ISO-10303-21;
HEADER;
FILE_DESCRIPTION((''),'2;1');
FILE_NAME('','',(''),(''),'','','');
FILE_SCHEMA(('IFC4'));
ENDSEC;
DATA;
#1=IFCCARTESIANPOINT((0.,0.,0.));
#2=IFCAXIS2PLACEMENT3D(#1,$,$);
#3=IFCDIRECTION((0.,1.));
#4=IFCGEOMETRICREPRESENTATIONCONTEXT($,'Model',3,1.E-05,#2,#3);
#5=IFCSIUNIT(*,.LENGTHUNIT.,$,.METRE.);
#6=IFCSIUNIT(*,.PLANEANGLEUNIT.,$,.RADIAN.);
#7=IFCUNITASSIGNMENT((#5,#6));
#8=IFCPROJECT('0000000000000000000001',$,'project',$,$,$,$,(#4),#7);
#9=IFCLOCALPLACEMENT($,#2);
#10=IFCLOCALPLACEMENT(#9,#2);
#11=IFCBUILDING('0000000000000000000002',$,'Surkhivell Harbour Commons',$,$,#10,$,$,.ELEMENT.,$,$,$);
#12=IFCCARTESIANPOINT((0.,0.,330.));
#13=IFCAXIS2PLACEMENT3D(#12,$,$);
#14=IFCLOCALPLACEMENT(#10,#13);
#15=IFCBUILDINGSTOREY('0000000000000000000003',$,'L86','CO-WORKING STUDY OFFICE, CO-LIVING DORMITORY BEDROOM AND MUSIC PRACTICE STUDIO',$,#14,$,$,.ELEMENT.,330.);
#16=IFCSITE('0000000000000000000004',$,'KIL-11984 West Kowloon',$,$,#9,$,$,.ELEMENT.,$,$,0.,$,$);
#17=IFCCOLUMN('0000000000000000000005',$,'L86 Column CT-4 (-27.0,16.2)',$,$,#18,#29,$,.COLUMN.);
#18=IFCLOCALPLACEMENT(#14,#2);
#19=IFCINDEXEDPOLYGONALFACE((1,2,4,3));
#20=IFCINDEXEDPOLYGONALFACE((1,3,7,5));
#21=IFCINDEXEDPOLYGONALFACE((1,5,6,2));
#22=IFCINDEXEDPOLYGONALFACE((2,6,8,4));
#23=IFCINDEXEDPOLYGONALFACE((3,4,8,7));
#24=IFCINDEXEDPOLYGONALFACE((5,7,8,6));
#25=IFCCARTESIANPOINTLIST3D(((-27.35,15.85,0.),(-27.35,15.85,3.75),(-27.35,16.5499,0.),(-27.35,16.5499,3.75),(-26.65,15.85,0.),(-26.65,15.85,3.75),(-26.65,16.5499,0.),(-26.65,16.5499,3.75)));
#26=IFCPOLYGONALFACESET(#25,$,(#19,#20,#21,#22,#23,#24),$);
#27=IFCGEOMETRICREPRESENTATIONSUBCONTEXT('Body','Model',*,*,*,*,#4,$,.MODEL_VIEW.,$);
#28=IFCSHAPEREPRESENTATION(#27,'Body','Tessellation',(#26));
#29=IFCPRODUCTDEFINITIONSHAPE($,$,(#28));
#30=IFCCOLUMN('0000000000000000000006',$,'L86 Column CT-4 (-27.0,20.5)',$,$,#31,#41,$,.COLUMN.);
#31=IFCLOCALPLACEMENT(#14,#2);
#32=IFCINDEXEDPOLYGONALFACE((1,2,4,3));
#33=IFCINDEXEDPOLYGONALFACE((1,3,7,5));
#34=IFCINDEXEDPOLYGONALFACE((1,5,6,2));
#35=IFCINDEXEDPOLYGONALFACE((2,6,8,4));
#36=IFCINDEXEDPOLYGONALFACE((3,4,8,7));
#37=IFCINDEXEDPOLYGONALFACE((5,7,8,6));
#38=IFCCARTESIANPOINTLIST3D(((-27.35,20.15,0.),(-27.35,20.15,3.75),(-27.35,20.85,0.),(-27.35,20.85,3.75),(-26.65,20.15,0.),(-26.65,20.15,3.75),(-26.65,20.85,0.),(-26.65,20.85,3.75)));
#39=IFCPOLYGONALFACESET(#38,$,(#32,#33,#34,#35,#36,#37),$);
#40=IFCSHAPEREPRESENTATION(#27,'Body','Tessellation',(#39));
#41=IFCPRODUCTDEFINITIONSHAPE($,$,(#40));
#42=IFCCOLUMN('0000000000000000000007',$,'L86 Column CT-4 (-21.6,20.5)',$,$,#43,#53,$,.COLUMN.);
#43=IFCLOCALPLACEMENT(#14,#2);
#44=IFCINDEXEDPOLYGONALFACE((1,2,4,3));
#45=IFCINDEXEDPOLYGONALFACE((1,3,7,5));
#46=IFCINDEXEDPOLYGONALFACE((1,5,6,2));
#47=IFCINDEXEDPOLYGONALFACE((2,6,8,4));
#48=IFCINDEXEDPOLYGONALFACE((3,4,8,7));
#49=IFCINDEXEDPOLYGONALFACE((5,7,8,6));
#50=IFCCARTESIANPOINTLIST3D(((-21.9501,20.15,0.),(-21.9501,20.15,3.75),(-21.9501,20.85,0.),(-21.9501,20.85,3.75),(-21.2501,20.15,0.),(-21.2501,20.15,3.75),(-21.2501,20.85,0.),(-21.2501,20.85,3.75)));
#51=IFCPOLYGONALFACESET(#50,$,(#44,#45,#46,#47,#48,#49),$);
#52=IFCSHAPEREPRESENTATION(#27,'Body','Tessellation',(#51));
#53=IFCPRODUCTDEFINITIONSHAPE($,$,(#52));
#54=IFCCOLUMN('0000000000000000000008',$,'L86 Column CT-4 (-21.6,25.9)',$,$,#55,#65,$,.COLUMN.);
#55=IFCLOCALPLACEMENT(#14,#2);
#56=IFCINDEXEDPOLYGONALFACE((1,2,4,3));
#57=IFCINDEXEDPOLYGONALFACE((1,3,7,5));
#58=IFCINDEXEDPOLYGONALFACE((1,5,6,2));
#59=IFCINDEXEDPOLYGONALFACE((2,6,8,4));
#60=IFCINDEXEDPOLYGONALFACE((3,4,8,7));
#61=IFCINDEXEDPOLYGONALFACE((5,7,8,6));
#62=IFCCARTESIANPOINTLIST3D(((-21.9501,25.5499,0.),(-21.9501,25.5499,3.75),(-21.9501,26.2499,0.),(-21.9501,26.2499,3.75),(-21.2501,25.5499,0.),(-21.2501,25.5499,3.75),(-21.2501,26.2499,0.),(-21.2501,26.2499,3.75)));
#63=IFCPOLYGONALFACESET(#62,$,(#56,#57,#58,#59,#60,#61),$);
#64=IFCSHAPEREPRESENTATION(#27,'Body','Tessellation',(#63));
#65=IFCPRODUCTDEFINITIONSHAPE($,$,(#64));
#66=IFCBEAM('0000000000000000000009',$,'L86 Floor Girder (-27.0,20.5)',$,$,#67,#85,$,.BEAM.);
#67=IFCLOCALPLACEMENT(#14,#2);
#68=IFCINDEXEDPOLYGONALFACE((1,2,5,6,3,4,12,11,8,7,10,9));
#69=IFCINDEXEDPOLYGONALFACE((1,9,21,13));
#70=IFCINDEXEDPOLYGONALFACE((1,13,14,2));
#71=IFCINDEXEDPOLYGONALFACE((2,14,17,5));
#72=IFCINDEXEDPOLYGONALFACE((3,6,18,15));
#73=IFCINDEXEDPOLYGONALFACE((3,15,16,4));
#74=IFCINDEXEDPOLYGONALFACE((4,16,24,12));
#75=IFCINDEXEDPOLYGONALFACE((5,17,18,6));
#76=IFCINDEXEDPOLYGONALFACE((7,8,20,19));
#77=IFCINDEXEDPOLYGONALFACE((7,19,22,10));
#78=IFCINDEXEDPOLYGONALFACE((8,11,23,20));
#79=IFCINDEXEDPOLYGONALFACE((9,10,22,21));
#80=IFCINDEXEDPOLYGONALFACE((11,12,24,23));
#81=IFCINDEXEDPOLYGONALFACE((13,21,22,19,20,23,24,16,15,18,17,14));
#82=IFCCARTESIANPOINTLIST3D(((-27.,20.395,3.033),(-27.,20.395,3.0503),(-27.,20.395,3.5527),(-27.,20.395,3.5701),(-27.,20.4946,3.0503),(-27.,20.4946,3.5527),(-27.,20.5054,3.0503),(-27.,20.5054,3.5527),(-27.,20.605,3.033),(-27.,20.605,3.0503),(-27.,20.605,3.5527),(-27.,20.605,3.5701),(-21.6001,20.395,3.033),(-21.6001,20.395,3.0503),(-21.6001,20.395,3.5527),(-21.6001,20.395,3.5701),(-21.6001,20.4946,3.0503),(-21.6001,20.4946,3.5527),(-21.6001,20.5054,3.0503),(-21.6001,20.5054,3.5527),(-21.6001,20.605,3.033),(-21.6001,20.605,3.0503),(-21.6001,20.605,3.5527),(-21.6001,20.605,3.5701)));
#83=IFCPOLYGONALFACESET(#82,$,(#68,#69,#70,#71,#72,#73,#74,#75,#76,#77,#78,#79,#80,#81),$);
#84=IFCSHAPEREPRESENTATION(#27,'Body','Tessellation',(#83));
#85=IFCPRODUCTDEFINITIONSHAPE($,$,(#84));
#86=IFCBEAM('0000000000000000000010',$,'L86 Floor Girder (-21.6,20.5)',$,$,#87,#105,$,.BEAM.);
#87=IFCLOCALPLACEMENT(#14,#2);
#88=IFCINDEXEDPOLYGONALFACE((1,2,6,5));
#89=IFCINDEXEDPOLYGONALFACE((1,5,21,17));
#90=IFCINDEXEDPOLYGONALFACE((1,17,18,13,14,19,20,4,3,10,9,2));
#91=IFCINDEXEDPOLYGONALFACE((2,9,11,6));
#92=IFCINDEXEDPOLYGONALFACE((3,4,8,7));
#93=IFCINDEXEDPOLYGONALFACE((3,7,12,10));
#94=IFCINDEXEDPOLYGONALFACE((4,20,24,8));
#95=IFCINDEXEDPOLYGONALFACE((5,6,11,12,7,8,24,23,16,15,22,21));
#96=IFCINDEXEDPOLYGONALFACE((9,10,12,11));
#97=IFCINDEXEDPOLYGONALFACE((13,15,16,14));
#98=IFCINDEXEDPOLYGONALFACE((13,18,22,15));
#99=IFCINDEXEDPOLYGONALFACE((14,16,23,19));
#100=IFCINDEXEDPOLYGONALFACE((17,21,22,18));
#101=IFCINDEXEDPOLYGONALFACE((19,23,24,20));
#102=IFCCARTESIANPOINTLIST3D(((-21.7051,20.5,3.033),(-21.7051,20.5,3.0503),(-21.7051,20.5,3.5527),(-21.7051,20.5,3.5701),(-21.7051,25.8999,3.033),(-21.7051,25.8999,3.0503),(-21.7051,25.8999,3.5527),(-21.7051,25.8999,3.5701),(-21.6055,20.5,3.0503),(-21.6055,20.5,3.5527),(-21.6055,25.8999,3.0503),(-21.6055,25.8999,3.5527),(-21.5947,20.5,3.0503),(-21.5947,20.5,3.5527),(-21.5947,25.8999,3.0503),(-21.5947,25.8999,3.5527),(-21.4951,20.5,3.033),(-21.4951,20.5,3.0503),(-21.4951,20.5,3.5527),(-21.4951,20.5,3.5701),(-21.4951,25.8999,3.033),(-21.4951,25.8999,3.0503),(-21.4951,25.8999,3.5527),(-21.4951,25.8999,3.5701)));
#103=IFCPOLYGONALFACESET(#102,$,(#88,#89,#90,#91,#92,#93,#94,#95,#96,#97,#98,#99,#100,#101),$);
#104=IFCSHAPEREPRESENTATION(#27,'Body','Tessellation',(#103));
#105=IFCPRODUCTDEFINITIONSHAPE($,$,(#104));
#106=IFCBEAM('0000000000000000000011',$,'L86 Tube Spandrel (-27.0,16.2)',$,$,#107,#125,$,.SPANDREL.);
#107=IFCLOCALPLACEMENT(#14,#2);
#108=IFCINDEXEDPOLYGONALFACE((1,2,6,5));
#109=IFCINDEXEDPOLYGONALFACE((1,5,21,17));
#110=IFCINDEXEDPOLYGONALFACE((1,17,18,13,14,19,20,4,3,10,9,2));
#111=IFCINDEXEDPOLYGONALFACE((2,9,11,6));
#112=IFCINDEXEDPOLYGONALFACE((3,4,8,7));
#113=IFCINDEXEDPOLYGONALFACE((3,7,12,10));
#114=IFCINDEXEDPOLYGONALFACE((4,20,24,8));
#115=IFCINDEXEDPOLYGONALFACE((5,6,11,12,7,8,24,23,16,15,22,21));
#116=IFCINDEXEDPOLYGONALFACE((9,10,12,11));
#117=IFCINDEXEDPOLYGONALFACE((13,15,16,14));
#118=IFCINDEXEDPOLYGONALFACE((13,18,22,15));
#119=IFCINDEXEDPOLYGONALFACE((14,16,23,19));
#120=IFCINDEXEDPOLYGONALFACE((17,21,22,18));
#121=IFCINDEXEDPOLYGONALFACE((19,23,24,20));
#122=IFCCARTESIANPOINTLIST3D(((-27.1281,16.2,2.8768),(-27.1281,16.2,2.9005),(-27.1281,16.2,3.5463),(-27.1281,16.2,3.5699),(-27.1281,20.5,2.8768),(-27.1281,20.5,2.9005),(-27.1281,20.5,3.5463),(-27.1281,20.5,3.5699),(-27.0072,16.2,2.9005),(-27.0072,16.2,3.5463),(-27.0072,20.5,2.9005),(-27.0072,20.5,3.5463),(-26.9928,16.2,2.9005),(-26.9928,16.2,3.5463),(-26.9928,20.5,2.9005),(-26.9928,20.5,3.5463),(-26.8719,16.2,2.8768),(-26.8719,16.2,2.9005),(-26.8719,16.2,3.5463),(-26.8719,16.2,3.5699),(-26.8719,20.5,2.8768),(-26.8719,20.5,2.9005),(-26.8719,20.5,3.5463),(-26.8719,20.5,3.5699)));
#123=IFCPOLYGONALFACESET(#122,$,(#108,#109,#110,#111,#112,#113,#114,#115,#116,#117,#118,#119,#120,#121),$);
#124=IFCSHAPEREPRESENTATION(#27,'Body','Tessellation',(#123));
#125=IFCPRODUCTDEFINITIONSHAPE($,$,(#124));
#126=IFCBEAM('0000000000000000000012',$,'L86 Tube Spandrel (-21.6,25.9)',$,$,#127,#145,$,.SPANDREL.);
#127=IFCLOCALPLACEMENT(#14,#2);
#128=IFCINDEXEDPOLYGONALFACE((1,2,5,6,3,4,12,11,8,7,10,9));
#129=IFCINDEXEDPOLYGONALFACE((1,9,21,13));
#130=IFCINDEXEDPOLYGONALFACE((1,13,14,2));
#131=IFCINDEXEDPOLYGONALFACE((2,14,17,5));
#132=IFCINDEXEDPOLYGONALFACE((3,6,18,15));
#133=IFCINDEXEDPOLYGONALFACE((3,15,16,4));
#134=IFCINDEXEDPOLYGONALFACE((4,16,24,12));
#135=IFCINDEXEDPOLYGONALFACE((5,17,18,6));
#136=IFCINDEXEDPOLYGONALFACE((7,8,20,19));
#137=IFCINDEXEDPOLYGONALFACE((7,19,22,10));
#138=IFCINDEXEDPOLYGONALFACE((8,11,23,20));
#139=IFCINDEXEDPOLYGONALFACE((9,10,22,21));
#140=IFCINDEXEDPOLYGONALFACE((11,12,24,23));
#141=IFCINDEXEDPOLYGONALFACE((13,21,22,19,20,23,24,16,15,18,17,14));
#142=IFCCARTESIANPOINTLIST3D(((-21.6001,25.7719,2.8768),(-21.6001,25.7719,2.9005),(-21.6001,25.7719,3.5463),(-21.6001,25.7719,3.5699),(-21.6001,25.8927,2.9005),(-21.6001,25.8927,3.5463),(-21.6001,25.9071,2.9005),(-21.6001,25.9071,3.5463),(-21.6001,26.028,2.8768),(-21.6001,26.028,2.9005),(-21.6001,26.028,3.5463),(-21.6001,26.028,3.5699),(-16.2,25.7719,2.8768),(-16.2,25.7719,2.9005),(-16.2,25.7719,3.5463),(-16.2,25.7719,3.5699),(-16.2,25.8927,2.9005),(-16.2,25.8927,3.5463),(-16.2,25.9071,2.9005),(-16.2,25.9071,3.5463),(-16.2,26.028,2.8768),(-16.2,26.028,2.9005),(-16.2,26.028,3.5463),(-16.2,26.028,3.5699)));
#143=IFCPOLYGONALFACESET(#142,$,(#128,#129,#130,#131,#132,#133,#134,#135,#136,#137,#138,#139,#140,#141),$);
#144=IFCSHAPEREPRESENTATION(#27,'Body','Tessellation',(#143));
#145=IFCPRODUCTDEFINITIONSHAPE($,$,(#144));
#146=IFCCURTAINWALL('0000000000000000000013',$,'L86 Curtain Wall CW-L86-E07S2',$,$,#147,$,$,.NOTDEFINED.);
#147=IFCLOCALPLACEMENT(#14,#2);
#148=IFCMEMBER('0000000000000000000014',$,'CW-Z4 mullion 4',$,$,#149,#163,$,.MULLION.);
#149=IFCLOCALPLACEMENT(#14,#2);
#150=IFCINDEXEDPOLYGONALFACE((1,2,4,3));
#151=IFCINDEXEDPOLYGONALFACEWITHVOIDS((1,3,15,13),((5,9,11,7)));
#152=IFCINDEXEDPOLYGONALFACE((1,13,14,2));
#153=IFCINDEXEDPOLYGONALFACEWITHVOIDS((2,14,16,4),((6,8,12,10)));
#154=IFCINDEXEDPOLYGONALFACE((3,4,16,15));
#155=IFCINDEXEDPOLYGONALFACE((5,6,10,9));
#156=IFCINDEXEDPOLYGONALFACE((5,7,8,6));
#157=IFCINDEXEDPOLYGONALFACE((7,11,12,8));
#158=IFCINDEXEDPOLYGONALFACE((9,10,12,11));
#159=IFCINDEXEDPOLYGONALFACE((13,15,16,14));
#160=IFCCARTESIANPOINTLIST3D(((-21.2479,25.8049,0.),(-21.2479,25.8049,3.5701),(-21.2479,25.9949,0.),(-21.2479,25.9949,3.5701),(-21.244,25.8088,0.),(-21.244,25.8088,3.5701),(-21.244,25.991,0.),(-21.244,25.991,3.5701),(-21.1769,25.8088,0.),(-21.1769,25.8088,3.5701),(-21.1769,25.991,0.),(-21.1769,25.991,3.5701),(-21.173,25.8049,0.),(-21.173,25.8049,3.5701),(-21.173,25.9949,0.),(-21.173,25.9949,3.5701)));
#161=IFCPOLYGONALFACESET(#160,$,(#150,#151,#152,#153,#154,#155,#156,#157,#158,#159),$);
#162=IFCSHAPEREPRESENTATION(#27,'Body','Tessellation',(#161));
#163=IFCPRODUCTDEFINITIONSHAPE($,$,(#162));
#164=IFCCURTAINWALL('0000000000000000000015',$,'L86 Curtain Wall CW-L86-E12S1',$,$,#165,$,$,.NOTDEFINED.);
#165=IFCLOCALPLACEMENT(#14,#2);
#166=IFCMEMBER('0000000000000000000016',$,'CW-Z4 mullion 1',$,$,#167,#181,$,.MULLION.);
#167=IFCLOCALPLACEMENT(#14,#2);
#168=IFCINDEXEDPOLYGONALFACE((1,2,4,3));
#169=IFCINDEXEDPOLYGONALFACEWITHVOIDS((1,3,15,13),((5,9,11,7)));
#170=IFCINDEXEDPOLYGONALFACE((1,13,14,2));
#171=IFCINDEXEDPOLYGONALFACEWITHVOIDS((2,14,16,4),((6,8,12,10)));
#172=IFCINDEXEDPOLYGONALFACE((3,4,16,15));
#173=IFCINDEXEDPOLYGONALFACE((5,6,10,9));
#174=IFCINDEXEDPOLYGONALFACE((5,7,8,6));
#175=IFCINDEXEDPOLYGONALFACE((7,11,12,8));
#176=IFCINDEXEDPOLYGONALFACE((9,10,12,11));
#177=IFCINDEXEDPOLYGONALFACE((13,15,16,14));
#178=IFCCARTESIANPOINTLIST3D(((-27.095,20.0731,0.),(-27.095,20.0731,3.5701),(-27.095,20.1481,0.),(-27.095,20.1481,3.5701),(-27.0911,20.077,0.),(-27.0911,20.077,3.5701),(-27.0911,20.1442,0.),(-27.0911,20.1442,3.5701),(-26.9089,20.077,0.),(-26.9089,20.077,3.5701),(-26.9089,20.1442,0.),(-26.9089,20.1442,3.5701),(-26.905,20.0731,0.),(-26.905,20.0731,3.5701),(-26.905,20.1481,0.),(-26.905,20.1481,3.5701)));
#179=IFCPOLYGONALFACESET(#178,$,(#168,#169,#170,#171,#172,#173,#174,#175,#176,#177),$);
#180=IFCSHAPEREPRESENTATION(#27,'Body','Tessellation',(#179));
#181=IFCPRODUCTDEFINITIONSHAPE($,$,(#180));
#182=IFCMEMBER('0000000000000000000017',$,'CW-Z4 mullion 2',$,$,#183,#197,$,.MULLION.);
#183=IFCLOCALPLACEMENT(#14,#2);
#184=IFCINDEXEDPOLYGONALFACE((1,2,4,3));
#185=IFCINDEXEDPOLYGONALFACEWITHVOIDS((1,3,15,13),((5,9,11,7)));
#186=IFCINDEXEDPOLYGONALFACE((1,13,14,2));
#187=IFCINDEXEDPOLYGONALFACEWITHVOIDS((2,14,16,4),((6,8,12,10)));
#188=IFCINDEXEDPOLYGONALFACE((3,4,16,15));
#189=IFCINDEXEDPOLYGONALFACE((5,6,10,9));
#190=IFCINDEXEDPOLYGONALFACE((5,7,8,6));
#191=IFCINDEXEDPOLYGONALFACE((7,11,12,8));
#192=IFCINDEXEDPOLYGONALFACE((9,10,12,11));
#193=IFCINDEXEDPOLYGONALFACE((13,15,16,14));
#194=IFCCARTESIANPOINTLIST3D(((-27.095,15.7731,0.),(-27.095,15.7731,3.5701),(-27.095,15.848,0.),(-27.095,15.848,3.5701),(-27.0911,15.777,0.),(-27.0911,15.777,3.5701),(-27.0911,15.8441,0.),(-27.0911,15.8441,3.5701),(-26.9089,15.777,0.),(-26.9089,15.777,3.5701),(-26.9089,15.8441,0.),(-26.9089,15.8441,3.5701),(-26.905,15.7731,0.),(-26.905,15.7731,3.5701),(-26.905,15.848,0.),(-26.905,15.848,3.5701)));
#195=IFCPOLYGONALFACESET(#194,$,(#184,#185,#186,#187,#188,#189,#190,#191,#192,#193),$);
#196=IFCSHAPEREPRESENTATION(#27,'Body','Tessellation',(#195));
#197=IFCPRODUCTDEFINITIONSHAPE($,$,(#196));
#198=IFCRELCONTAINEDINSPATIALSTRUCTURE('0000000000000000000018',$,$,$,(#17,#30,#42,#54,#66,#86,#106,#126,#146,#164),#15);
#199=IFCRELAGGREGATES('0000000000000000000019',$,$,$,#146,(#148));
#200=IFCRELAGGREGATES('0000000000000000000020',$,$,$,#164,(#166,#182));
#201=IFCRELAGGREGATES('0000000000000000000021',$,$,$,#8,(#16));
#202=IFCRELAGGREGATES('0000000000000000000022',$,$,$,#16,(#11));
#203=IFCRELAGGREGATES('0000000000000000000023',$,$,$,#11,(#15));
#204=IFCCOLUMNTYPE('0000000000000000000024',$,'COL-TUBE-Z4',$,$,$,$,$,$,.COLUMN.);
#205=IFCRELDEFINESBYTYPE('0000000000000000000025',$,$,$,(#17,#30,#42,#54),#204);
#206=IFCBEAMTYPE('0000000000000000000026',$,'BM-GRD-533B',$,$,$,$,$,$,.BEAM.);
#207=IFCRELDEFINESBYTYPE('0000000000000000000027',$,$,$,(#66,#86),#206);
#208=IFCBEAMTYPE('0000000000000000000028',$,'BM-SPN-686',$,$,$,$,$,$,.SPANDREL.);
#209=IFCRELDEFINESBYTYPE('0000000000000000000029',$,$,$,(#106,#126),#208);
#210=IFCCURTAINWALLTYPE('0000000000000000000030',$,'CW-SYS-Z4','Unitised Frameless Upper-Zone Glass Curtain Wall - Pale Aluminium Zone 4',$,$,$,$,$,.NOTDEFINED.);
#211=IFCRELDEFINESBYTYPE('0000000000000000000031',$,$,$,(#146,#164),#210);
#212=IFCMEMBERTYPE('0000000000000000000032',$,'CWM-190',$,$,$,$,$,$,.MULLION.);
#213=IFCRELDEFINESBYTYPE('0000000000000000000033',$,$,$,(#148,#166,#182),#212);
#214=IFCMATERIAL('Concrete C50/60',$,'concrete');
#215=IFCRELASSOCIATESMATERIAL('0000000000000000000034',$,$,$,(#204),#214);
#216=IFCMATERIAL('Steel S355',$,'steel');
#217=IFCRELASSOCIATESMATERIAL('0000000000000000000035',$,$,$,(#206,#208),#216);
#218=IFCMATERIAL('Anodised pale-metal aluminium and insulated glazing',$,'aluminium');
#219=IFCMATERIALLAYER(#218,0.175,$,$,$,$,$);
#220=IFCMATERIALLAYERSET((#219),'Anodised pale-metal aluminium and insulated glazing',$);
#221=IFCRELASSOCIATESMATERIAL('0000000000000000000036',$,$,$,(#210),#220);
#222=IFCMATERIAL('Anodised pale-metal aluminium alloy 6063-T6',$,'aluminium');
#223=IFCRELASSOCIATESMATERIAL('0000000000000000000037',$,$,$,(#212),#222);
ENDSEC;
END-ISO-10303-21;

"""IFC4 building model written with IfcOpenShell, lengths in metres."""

from ifc_helpers import new_model, si_unit, direction, frame, origin, origin_2d, place, context, subcontext, project, spatial, rectangle, hollow_rectangle, i_section, extrude, material, layer, layer_set, material_profile, profile_set, type_object, element, aggregate, save


model = new_model("IFC4")

# Units and contexts
model_context = context("Model", 3, precision=1e-05, world=origin(), true_north=direction((0.0, 1.0)))
body_context = subcontext(model_context, "Body", "Model", "MODEL_VIEW")
ifc_project = project(units=[si_unit("LENGTHUNIT", "METRE"), si_unit("PLANEANGLEUNIT", "RADIAN")], contexts=[model_context])

# Site, building, storey
site_placement = place(None, origin())
site = spatial("IfcSite", under=ifc_project, at=site_placement, Name="KIL-11984 West Kowloon", CompositionType="ELEMENT", RefElevation=0.0)
building_placement = place(site_placement, origin())
building = spatial("IfcBuilding", under=site, at=building_placement, Name="Surkhivell Harbour Commons", CompositionType="ELEMENT")
storey_placement = place(building_placement, frame((0.0, 0.0, 330.0)))
storey = spatial("IfcBuildingStorey", under=building, at=storey_placement, Name="L86", Description="CO-WORKING STUDY OFFICE, CO-LIVING DORMITORY BEDROOM AND MUSIC PRACTICE STUDIO", CompositionType="ELEMENT", Elevation=330.0)

# Columns
ifc_material_1 = material(Name="Concrete C50/60", Category="concrete")
ifc_material_profile_1 = material_profile(ifc_material_1, rectangle(XDim=0.7, YDim=0.7, at=origin_2d()), Name="RC-COL-700x700")
ifc_profile_set_1 = profile_set([ifc_material_profile_1], Name="Concrete C50/60")
column_type = type_object("IfcColumnType", Name="COL-TUBE-Z4", PredefinedType="COLUMN", material=ifc_profile_set_1)
for number, where, z_axis, x_axis, name in (
    (1, (-27.0, 16.2, 0.0), (0.0, 0.0, 1.0), (1.0, 0.0, 0.0), "L86 Column CT-4 (-27.0,16.2)"),
    (2, (-27.0, 20.5, 0.0), (0.0, 0.0, 1.0), (1.0, 0.0, 0.0), "L86 Column CT-4 (-27.0,20.5)"),
    (3, (-21.6001, 20.5, 0.0), (0.0, 0.0, 1.0), (1.0, 0.0, 0.0), "L86 Column CT-4 (-21.6,20.5)"),
    (4, (-21.6001, 25.8999, 0.0), (0.0, 0.0, 1.0), (1.0, 0.0, 0.0), "L86 Column CT-4 (-21.6,25.9)"),
):
    element("IfcColumn", number, at=place(storey_placement, frame(where, z_axis=z_axis, x_axis=x_axis)), inside=storey, type_object=column_type, Name=name, PredefinedType="COLUMN", context=body_context, shape_type="SweptSolid", body=[
        extrude(rectangle(XDim=0.7, YDim=0.7, at=origin_2d()), origin(), (0.0, 0.0, 1.0), 3.75),
    ])

# Beams
ifc_material_2 = material(Name="Steel S355", Category="steel")
ifc_material_profile_2 = material_profile(ifc_material_2, i_section(OverallWidth=0.21, OverallDepth=0.5371, WebThickness=0.0107, FlangeThickness=0.0173, at=origin_2d()), Name="UB533x210x101")
ifc_profile_set_2 = profile_set([ifc_material_profile_2], Name="Steel S355")
beam_type_1 = type_object("IfcBeamType", Name="BM-GRD-533B", PredefinedType="BEAM", material=ifc_profile_set_2)
for number, where, z_axis, x_axis, name in (
    (5, (-27.0, 20.5, 3.3015), (1.0, 0.0, 0.0), (0.0, 1.0, 0.0), "L86 Floor Girder (-27.0,20.5)"),
    (6, (-21.6001, 20.5, 3.3015), (0.0, 1.0, 0.0), (-1.0, 0.0, 0.0), "L86 Floor Girder (-21.6,20.5)"),
):
    element("IfcBeam", number, at=place(storey_placement, frame(where, z_axis=z_axis, x_axis=x_axis)), inside=storey, type_object=beam_type_1, Name=name, PredefinedType="BEAM", context=body_context, shape_type="SweptSolid", body=[
        extrude(i_section(OverallWidth=0.21, OverallDepth=0.5371, WebThickness=0.0107, FlangeThickness=0.0173, at=origin_2d()), origin(), (0.0, 0.0, 1.0), 5.3999),
    ])
ifc_material_profile_3 = material_profile(ifc_material_2, i_section(OverallWidth=0.2561, OverallDepth=0.6931, WebThickness=0.0144, FlangeThickness=0.0237, at=origin_2d()), Name="UB686x254x170")
ifc_profile_set_3 = profile_set([ifc_material_profile_3], Name="Steel S355")
beam_type_2 = type_object("IfcBeamType", Name="BM-SPN-686", PredefinedType="SPANDREL", material=ifc_profile_set_3)
beam_1_placement = place(storey_placement, frame((-27.0, 16.2, 3.2234), z_axis=(0.0, 1.0, 0.0), x_axis=(-1.0, 0.0, 0.0)))
element("IfcBeam", 7, at=beam_1_placement, inside=storey, type_object=beam_type_2, Name="L86 Tube Spandrel (-27.0,16.2)", PredefinedType="SPANDREL", context=body_context, shape_type="SweptSolid", body=[
    extrude(i_section(OverallWidth=0.2561, OverallDepth=0.6931, WebThickness=0.0144, FlangeThickness=0.0237, at=origin_2d()), origin(), (0.0, 0.0, 1.0), 4.3),
])
beam_2_placement = place(storey_placement, frame((-21.6001, 25.8999, 3.2234), z_axis=(1.0, 0.0, 0.0), x_axis=(0.0, 1.0, 0.0)))
element("IfcBeam", 8, at=beam_2_placement, inside=storey, type_object=beam_type_2, Name="L86 Tube Spandrel (-21.6,25.9)", PredefinedType="SPANDREL", context=body_context, shape_type="SweptSolid", body=[
    extrude(i_section(OverallWidth=0.2561, OverallDepth=0.6931, WebThickness=0.0144, FlangeThickness=0.0237, at=origin_2d()), origin(), (0.0, 0.0, 1.0), 5.4001),
])

# Curtain wall, member
ifc_material_3 = material(Name="Anodised pale-metal aluminium and insulated glazing", Category="aluminium")
ifc_layer_1 = layer(ifc_material_3, 0.175)
ifc_layer_set_1 = layer_set([ifc_layer_1], Name="Anodised pale-metal aluminium and insulated glazing")
curtain_wall_type = type_object("IfcCurtainWallType", Name="CW-SYS-Z4", Description="Unitised Frameless Upper-Zone Glass Curtain Wall - Pale Aluminium Zone 4", PredefinedType="NOTDEFINED", material=ifc_layer_set_1)
curtain_wall_1_placement = place(storey_placement, origin())
curtain_wall_1 = element("IfcCurtainWall", 9, at=curtain_wall_1_placement, inside=storey, type_object=curtain_wall_type, Name="L86 Curtain Wall CW-L86-E07S2", PredefinedType="NOTDEFINED")
ifc_material_4 = material(Name="Anodised pale-metal aluminium alloy 6063-T6", Category="aluminium")
ifc_material_profile_4 = material_profile(ifc_material_4, hollow_rectangle(XDim=0.075, YDim=0.1899, WallThickness=0.0039, at=origin_2d()), Name="ALU-MULL-75x190")
ifc_profile_set_4 = profile_set([ifc_material_profile_4], Name="Anodised pale-metal aluminium alloy 6063-T6")
member_type_1 = type_object("IfcMemberType", Name="CWM-190", PredefinedType="MULLION", material=ifc_profile_set_4)
member_1_placement = place(storey_placement, frame((-21.2104, 25.8999, 0.0), z_axis=(0.0, 0.0, 1.0), x_axis=(-1.0, 0.0, 0.0)))
member_1 = element("IfcMember", 10, at=member_1_placement, type_object=member_type_1, Name="CW-Z4 mullion 4", PredefinedType="MULLION", context=body_context, shape_type="SweptSolid", body=[
    extrude(hollow_rectangle(XDim=0.075, YDim=0.1899, WallThickness=0.0039, at=origin_2d()), origin(), (0.0, 0.0, 1.0), 3.5701),
])

# Curtain wall, members
curtain_wall_2_placement = place(storey_placement, origin())
curtain_wall_2 = element("IfcCurtainWall", 11, at=curtain_wall_2_placement, inside=storey, type_object=curtain_wall_type, Name="L86 Curtain Wall CW-L86-E12S1", PredefinedType="NOTDEFINED")
member_2_placement = place(storey_placement, frame((-27.0, 20.1106, 0.0), z_axis=(0.0, 0.0, 1.0), x_axis=(0.0, -1.0, 0.0)))
member_2 = element("IfcMember", 12, at=member_2_placement, type_object=member_type_1, Name="CW-Z4 mullion 1", PredefinedType="MULLION", context=body_context, shape_type="SweptSolid", body=[
    extrude(hollow_rectangle(XDim=0.075, YDim=0.1899, WallThickness=0.0039, at=origin_2d()), origin(), (0.0, 0.0, 1.0), 3.5701),
])
member_3_placement = place(storey_placement, frame((-27.0, 15.8105, 0.0), z_axis=(0.0, 0.0, 1.0), x_axis=(0.0, -1.0, 0.0)))
member_3 = element("IfcMember", 13, at=member_3_placement, type_object=member_type_1, Name="CW-Z4 mullion 2", PredefinedType="MULLION", context=body_context, shape_type="SweptSolid", body=[
    extrude(hollow_rectangle(XDim=0.075, YDim=0.1899, WallThickness=0.0039, at=origin_2d()), origin(), (0.0, 0.0, 1.0), 3.5701),
])

aggregate(curtain_wall_1, [member_1])
aggregate(curtain_wall_2, [member_2, member_3])

save(model, "model.ifc")
